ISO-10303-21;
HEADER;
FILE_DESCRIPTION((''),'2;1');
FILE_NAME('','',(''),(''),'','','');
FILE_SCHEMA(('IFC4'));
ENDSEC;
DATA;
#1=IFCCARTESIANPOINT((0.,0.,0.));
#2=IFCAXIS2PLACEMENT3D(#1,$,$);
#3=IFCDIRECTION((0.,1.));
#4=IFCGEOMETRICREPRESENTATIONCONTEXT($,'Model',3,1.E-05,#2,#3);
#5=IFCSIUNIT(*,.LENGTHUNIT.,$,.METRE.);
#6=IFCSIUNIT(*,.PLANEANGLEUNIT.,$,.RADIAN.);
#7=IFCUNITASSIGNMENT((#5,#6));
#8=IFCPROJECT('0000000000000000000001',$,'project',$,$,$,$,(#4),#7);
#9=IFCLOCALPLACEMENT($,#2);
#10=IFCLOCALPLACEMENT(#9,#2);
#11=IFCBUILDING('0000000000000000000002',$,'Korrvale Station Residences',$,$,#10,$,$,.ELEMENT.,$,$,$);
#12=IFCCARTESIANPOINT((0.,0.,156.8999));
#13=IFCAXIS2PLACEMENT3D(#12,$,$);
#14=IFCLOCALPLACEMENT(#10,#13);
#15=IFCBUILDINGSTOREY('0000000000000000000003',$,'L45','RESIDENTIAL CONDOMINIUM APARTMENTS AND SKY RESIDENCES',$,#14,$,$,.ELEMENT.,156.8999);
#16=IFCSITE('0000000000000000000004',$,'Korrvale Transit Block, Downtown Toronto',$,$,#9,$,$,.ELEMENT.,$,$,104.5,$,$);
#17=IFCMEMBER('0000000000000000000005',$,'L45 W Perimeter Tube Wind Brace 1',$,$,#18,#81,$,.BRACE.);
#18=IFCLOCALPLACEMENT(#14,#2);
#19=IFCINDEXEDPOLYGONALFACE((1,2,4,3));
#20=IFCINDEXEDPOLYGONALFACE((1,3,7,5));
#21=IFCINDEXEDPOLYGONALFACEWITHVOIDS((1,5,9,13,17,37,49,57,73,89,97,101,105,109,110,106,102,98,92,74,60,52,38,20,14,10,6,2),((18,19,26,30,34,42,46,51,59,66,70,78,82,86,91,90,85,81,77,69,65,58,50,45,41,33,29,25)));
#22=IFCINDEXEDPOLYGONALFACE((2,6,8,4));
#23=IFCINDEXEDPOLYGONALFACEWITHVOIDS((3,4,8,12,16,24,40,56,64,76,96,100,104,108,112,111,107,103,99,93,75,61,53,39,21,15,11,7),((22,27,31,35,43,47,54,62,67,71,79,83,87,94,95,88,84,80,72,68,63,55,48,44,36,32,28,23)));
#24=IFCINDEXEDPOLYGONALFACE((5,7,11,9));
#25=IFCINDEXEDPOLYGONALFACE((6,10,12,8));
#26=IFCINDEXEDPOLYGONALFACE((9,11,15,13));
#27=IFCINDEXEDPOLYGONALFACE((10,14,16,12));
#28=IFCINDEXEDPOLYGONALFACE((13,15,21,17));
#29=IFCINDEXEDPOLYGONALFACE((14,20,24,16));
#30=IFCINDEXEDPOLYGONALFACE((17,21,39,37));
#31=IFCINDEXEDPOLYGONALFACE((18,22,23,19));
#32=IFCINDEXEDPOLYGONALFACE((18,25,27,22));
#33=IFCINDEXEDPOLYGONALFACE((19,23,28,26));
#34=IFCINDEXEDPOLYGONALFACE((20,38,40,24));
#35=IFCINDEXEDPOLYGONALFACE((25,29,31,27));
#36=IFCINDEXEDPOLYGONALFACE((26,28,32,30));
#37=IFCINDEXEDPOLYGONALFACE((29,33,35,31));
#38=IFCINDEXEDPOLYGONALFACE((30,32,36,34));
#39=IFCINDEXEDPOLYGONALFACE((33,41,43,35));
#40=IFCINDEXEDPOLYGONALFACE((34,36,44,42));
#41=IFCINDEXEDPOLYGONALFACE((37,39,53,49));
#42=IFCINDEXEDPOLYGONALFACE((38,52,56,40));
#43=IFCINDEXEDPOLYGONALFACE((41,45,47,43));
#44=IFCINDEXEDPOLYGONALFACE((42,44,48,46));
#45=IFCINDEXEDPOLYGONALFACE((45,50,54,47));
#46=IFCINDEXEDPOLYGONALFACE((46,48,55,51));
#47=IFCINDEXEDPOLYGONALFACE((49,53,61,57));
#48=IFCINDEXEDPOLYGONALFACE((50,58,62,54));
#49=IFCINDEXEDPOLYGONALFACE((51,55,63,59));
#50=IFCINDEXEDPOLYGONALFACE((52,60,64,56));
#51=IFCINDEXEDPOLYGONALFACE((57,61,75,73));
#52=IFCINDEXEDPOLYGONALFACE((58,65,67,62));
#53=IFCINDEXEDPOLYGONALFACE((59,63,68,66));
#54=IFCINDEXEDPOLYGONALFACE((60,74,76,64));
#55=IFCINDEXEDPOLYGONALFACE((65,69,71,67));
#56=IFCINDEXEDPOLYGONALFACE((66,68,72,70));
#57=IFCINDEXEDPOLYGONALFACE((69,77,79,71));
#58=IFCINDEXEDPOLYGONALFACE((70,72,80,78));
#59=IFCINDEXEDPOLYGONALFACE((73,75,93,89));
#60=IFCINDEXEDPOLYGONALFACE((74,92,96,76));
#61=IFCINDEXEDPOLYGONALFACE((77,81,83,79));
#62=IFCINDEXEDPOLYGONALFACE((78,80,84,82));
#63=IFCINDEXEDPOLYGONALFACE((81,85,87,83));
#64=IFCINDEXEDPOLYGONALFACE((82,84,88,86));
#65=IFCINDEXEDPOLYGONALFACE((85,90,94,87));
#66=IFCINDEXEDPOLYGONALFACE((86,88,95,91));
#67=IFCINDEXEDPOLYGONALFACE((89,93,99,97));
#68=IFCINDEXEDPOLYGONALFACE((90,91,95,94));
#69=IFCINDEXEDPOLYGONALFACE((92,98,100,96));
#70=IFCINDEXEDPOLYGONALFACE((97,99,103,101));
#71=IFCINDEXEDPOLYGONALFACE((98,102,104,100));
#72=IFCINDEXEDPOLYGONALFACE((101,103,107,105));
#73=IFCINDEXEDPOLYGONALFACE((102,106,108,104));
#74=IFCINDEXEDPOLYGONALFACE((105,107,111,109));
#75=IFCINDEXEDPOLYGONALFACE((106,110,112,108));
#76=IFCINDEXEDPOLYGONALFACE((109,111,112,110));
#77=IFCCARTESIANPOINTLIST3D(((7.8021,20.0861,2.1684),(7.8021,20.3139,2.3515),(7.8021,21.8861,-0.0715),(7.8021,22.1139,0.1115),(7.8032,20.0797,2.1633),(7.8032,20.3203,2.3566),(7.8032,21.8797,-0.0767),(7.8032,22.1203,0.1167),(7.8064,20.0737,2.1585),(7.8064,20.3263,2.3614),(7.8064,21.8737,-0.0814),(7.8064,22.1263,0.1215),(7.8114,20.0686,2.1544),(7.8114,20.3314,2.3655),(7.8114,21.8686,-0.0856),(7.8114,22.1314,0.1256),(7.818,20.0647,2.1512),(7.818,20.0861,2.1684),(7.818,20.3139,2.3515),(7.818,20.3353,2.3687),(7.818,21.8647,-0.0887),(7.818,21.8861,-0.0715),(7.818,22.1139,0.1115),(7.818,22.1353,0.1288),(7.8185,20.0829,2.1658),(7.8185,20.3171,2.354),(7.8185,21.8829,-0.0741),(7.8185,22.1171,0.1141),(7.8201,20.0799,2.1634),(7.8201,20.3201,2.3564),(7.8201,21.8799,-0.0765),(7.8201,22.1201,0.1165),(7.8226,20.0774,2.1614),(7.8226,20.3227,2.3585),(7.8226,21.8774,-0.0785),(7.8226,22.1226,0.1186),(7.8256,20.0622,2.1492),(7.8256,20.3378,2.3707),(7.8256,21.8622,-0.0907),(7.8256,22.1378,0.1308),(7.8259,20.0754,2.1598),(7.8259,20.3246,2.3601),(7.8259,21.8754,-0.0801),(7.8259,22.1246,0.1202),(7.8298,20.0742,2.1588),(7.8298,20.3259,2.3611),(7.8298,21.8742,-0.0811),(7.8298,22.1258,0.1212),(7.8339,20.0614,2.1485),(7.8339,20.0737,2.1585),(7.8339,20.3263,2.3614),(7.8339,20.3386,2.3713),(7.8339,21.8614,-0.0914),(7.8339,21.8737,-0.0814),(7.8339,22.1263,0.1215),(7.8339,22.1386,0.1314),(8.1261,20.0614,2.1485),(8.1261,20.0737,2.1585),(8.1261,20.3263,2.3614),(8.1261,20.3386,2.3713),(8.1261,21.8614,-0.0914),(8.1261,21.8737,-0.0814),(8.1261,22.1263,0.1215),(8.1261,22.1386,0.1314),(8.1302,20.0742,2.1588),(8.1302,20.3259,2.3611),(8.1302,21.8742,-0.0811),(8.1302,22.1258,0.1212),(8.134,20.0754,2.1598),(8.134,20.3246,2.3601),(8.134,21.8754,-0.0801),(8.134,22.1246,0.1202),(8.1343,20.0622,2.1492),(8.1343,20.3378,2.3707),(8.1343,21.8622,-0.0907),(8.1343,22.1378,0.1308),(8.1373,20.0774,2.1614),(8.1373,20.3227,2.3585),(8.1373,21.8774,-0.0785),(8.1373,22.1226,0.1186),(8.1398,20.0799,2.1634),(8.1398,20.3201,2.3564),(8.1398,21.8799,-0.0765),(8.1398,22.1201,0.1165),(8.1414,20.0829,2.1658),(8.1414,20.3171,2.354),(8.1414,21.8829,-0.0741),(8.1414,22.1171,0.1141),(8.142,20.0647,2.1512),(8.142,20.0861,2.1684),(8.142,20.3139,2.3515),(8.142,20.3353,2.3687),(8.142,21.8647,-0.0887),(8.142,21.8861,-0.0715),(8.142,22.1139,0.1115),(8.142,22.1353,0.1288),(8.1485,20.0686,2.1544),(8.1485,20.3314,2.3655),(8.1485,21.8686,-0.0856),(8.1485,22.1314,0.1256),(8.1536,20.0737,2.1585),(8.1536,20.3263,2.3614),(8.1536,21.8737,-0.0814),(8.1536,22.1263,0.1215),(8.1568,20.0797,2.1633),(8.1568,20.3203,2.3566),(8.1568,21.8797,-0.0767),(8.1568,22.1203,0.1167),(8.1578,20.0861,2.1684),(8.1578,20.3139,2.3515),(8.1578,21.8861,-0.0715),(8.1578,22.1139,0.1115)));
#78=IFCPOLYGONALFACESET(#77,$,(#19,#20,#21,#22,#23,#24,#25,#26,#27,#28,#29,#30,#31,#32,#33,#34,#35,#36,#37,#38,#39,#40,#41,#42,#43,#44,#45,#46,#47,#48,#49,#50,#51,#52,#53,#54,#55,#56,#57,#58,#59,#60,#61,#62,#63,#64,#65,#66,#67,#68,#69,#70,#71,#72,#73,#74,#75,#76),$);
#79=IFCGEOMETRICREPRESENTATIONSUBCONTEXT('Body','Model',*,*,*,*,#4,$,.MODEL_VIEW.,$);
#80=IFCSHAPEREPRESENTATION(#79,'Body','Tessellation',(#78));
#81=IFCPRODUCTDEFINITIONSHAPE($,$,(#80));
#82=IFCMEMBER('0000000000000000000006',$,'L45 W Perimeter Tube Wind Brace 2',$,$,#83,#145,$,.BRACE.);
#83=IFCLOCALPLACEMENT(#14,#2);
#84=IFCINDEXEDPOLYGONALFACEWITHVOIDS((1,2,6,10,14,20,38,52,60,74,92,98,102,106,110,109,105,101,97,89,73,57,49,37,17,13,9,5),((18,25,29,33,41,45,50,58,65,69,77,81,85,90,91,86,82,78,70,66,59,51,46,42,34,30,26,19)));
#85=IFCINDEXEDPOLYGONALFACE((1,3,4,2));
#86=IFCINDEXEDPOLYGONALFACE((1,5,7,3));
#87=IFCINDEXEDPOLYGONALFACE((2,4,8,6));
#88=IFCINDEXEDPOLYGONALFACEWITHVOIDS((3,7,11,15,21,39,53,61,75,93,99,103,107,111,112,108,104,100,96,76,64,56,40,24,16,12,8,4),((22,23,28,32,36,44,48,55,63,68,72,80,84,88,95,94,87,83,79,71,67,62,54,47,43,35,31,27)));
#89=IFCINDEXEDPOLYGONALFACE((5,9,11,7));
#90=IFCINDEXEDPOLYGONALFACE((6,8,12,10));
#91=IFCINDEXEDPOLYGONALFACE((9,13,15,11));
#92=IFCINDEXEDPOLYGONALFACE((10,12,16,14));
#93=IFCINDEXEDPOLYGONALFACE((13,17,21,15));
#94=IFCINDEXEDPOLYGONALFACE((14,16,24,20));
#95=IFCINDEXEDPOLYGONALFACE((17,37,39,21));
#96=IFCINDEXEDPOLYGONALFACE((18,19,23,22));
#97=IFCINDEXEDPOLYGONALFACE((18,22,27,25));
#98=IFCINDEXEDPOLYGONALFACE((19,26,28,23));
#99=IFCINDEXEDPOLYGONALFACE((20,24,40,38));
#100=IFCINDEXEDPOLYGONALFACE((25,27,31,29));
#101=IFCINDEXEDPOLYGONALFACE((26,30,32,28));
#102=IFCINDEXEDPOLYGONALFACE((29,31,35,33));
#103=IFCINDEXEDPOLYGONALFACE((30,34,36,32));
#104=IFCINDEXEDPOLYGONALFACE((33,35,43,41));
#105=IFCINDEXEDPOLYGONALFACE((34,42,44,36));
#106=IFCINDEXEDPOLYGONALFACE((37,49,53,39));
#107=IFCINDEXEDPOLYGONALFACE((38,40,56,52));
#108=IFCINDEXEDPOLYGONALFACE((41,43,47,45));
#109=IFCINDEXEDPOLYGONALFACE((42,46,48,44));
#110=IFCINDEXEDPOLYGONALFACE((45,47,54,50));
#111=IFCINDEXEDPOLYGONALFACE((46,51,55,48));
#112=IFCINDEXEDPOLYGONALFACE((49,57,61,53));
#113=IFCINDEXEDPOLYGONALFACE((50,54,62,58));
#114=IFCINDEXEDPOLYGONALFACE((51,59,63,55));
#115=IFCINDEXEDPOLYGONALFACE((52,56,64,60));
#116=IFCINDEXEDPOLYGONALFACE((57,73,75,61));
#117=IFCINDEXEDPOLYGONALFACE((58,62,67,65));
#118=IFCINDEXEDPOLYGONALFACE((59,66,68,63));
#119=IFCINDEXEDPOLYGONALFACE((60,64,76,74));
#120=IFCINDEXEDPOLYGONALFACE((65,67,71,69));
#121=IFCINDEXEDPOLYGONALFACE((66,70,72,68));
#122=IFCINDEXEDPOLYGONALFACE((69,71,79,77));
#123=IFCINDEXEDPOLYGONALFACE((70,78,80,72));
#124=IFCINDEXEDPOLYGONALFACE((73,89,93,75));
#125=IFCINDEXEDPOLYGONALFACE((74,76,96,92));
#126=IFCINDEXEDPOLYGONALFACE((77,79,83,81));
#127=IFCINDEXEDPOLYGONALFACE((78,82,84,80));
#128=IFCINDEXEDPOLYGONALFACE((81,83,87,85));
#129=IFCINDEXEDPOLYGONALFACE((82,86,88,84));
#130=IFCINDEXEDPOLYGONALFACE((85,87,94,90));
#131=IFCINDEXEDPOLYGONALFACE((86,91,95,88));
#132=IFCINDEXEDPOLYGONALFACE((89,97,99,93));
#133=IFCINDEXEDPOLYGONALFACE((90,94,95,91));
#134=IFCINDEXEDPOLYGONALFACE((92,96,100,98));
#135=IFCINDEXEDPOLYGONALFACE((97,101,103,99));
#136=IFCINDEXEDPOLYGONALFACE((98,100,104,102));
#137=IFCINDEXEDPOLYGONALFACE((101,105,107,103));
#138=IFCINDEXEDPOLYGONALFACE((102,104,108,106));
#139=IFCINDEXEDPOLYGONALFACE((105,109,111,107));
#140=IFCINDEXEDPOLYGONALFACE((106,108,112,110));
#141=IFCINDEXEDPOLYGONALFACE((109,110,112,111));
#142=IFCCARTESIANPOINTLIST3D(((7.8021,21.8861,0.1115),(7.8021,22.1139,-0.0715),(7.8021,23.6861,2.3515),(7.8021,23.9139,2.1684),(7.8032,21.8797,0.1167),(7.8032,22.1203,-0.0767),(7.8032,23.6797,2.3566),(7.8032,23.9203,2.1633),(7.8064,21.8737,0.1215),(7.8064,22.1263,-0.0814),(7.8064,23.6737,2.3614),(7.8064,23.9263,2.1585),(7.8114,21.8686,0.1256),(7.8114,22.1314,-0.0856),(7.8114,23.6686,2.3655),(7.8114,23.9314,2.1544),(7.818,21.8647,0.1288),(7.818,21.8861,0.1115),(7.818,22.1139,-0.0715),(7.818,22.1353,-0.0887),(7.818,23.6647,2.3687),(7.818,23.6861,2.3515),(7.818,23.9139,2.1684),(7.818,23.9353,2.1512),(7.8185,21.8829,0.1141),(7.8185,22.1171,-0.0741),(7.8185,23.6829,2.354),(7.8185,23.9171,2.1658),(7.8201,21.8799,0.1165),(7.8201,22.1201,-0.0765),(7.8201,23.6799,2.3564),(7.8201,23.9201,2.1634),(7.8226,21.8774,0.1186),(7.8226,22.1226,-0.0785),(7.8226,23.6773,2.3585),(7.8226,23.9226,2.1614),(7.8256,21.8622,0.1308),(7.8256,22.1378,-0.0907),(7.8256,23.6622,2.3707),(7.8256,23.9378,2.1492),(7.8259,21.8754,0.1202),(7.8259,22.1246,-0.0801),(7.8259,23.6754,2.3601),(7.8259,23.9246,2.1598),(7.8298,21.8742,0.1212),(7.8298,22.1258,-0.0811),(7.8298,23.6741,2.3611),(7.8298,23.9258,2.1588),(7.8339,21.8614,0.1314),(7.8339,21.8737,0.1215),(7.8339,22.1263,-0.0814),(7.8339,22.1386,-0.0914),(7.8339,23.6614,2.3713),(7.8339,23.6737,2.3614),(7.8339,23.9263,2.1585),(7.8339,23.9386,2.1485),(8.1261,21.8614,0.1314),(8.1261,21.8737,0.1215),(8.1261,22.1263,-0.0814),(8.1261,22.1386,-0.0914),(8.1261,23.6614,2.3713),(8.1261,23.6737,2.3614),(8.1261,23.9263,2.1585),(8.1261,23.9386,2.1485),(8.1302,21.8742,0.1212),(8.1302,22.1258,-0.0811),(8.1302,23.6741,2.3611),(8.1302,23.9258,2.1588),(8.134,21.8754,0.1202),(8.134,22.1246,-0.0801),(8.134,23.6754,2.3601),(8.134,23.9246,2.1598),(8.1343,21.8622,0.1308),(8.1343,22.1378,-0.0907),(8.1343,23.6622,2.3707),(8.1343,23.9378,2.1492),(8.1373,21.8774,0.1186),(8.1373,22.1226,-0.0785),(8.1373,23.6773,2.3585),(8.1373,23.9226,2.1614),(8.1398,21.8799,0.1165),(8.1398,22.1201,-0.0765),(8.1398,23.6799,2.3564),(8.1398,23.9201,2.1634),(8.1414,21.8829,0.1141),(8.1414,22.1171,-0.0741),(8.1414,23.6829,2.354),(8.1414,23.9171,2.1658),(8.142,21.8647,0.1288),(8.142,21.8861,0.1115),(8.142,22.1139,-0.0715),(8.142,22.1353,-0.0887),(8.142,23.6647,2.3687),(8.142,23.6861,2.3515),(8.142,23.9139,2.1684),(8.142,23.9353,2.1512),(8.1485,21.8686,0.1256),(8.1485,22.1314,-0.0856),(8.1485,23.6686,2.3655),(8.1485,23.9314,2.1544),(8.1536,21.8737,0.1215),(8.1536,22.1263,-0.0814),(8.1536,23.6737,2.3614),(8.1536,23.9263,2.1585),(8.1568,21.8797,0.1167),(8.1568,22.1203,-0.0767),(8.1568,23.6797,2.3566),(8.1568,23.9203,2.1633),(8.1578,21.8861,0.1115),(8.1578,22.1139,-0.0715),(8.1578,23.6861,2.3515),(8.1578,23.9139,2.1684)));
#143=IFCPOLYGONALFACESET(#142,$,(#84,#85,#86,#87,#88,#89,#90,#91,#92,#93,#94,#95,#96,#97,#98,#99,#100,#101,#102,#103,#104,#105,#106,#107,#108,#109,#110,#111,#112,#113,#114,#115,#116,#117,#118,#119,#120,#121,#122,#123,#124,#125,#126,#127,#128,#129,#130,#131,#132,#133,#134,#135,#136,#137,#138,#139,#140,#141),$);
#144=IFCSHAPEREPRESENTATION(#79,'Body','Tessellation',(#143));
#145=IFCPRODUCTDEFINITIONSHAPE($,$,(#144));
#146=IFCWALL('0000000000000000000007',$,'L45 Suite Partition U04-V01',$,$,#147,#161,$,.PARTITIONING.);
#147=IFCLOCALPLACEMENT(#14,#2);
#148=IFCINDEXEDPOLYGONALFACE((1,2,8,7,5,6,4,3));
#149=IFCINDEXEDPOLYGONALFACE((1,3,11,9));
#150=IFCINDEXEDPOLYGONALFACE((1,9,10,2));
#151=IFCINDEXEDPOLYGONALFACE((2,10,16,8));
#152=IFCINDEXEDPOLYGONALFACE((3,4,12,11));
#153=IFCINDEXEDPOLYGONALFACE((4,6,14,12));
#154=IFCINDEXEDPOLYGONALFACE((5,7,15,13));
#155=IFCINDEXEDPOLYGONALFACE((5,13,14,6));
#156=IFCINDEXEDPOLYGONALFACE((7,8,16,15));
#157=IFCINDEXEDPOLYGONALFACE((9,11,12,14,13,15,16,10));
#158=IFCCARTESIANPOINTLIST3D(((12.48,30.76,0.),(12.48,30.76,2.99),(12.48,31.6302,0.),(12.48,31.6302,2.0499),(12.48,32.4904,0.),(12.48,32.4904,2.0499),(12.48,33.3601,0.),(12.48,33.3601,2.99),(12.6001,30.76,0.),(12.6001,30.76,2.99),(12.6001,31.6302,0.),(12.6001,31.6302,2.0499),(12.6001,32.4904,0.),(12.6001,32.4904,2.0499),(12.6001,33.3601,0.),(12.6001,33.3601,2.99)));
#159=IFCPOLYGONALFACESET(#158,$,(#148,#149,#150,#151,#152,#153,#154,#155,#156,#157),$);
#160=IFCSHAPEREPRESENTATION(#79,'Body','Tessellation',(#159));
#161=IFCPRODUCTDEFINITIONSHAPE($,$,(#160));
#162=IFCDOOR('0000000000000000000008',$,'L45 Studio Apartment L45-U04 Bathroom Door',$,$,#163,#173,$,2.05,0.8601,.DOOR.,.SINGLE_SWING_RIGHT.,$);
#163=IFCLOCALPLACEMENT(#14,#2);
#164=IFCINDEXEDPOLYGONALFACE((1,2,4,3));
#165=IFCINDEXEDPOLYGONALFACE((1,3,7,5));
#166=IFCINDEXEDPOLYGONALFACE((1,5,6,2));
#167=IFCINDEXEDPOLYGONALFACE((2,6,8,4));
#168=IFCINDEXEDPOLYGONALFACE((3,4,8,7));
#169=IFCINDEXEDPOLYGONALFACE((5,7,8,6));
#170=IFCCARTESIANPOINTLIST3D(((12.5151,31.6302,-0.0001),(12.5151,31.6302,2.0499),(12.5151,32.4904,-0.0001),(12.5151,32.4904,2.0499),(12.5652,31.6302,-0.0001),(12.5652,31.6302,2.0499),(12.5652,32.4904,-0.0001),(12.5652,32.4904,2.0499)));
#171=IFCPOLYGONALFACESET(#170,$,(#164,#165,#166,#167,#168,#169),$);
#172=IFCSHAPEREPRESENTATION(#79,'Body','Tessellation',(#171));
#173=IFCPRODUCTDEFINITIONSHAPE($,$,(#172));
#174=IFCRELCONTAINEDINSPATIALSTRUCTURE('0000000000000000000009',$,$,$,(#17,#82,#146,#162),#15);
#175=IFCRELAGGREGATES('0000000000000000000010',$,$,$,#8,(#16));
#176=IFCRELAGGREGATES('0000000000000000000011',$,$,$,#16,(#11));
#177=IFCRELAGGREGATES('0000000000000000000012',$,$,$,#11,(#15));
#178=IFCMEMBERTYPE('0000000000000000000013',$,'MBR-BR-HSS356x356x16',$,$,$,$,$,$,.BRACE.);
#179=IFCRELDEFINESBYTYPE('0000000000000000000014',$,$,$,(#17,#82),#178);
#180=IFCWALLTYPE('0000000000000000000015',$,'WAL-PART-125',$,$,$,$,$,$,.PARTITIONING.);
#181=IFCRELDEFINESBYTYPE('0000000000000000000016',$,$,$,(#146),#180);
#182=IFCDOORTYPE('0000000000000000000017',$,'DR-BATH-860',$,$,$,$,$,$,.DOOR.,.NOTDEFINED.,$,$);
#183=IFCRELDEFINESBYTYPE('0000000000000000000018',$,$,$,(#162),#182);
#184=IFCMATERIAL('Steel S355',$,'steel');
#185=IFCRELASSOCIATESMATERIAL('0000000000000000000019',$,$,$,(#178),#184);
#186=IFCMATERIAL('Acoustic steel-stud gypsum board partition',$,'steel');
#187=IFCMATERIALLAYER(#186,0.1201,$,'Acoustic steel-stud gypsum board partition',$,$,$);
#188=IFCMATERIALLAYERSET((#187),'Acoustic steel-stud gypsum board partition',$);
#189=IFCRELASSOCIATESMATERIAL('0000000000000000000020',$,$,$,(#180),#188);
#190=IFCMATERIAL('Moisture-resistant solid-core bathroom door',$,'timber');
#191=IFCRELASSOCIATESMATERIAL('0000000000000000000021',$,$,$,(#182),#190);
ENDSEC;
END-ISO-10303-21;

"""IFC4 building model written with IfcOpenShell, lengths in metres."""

from ifc_helpers import new_model, si_unit, direction, frame, frame_2d, origin, origin_2d, place, context, subcontext, project, spatial, rectangle, hollow_rectangle, extrude, material, layer, layer_set, material_profile, profile_set, type_object, element, fill, save


model = new_model("IFC4")

# Units and contexts
model_context = context("Model", 3, precision=1e-05, world=origin(), true_north=direction((0.0, 1.0)))
body_context = subcontext(model_context, "Body", "Model", "MODEL_VIEW")
ifc_project = project(units=[si_unit("LENGTHUNIT", "METRE"), si_unit("PLANEANGLEUNIT", "RADIAN")], contexts=[model_context])

# Site, building, storey
site_placement = place(None, origin())
site = spatial("IfcSite", under=ifc_project, at=site_placement, Name="Korrvale Transit Block, Downtown Toronto", CompositionType="ELEMENT", RefElevation=104.5)
building_placement = place(site_placement, origin())
building = spatial("IfcBuilding", under=site, at=building_placement, Name="Korrvale Station Residences", CompositionType="ELEMENT")
storey_placement = place(building_placement, frame((0.0, 0.0, 156.8999)))
storey = spatial("IfcBuildingStorey", under=building, at=storey_placement, Name="L45", Description="RESIDENTIAL CONDOMINIUM APARTMENTS AND SKY RESIDENCES", CompositionType="ELEMENT", Elevation=156.8999)

# Shared definitions
ifc_material_1 = material(Name="Steel S355", Category="steel")

# Members
ifc_material_profile_1 = material_profile(ifc_material_1, hollow_rectangle(XDim=0.3557, YDim=0.3557, WallThickness=0.0159, InnerFilletRadius=0.0159, OuterFilletRadius=0.0317, at=origin_2d()), Name="HSS356x356x16")
ifc_profile_set_1 = profile_set([ifc_material_profile_1], Name="Steel S355")
member_type = type_object("IfcMemberType", Name="MBR-BR-HSS356x356x16", PredefinedType="BRACE", material=ifc_profile_set_1)
for number, where, z_axis, x_axis, name in (
    (1, (7.98, 22.0, 0.02), (0.0, -0.626403, 0.779499), (1.0, 0.0, 0.0), "L45 W Perimeter Tube Wind Brace 1"),
    (2, (7.98, 22.0, 0.02), (0.0, 0.626403, 0.779499), (-1.0, 0.0, 0.0), "L45 W Perimeter Tube Wind Brace 2"),
):
    element("IfcMember", number, at=place(storey_placement, frame(where, z_axis=z_axis, x_axis=x_axis)), inside=storey, type_object=member_type, Name=name, PredefinedType="BRACE", context=body_context, shape_type="SweptSolid", body=[
        extrude(hollow_rectangle(XDim=0.3557, YDim=0.3557, WallThickness=0.0159, InnerFilletRadius=0.0159, OuterFilletRadius=0.0317, at=origin_2d()), origin(), (0.0, 0.0, 1.0), 2.8735),
    ])

# Wall, opening, door
ifc_material_2 = material(Name="Acoustic steel-stud gypsum board partition", Category="steel")
ifc_layer_1 = layer(ifc_material_2, 0.1201, Name="Acoustic steel-stud gypsum board partition")
ifc_layer_set_1 = layer_set([ifc_layer_1], Name="Acoustic steel-stud gypsum board partition")
wall_type_1 = type_object("IfcWallType", Name="WAL-PART-125", PredefinedType="PARTITIONING", material=ifc_layer_set_1)
wall_1_placement = place(storey_placement, frame((12.54, 30.76, 0.0), z_axis=(0.0, 0.0, 1.0), x_axis=(0.0, 1.0, 0.0)))
wall_1 = element("IfcWall", 3, at=wall_1_placement, inside=storey, type_object=wall_type_1, Name="L45 Suite Partition U04-V01", PredefinedType="PARTITIONING", context=body_context, shape_type="SweptSolid", body=[
    extrude(rectangle(XDim=2.6001, YDim=0.1201, at=frame_2d((1.3, 0.0))), origin(), (0.0, 0.0, 1.0), 2.99),
])
opening_1_placement = place(wall_1_placement, frame((0.8701, 0.0, 0.0)))
opening_1 = element("IfcOpeningElement", 4, at=opening_1_placement, cuts=wall_1, PredefinedType="OPENING", context=body_context, shape_type="SweptSolid", body=[
    extrude(rectangle(XDim=0.8601, YDim=2.05, at=frame_2d((0.4302, 1.0249))), frame((0.0, 0.0701, 0.0), z_axis=(0.0, -1.0, 0.0), x_axis=(1.0, 0.0, 0.0)), (0.0, 0.0, 1.0), 0.1401),
])
ifc_material_3 = material(Name="Moisture-resistant solid-core bathroom door", Category="timber")
door_type_1 = type_object("IfcDoorType", Name="DR-BATH-860", OperationType="NOTDEFINED", PredefinedType="DOOR", material=ifc_material_3)
door_1_placement = place(opening_1_placement, origin())
door_1 = element("IfcDoor", 5, at=door_1_placement, inside=storey, type_object=door_type_1, Name="L45 Studio Apartment L45-U04 Bathroom Door", OperationType="SINGLE_SWING_RIGHT", OverallHeight=2.05, OverallWidth=0.8601, PredefinedType="DOOR", context=body_context, shape_type="SweptSolid", body=[
    extrude(rectangle(XDim=0.8601, YDim=2.05, at=frame_2d((0.4302, 1.0249))), frame((0.0, 0.0249, 0.0), z_axis=(0.0, -1.0, 0.0), x_axis=(1.0, 0.0, 0.0)), (0.0, 0.0, 1.0), 0.05),
])
fill(opening_1, door_1)

save(model, "model.ifc")
